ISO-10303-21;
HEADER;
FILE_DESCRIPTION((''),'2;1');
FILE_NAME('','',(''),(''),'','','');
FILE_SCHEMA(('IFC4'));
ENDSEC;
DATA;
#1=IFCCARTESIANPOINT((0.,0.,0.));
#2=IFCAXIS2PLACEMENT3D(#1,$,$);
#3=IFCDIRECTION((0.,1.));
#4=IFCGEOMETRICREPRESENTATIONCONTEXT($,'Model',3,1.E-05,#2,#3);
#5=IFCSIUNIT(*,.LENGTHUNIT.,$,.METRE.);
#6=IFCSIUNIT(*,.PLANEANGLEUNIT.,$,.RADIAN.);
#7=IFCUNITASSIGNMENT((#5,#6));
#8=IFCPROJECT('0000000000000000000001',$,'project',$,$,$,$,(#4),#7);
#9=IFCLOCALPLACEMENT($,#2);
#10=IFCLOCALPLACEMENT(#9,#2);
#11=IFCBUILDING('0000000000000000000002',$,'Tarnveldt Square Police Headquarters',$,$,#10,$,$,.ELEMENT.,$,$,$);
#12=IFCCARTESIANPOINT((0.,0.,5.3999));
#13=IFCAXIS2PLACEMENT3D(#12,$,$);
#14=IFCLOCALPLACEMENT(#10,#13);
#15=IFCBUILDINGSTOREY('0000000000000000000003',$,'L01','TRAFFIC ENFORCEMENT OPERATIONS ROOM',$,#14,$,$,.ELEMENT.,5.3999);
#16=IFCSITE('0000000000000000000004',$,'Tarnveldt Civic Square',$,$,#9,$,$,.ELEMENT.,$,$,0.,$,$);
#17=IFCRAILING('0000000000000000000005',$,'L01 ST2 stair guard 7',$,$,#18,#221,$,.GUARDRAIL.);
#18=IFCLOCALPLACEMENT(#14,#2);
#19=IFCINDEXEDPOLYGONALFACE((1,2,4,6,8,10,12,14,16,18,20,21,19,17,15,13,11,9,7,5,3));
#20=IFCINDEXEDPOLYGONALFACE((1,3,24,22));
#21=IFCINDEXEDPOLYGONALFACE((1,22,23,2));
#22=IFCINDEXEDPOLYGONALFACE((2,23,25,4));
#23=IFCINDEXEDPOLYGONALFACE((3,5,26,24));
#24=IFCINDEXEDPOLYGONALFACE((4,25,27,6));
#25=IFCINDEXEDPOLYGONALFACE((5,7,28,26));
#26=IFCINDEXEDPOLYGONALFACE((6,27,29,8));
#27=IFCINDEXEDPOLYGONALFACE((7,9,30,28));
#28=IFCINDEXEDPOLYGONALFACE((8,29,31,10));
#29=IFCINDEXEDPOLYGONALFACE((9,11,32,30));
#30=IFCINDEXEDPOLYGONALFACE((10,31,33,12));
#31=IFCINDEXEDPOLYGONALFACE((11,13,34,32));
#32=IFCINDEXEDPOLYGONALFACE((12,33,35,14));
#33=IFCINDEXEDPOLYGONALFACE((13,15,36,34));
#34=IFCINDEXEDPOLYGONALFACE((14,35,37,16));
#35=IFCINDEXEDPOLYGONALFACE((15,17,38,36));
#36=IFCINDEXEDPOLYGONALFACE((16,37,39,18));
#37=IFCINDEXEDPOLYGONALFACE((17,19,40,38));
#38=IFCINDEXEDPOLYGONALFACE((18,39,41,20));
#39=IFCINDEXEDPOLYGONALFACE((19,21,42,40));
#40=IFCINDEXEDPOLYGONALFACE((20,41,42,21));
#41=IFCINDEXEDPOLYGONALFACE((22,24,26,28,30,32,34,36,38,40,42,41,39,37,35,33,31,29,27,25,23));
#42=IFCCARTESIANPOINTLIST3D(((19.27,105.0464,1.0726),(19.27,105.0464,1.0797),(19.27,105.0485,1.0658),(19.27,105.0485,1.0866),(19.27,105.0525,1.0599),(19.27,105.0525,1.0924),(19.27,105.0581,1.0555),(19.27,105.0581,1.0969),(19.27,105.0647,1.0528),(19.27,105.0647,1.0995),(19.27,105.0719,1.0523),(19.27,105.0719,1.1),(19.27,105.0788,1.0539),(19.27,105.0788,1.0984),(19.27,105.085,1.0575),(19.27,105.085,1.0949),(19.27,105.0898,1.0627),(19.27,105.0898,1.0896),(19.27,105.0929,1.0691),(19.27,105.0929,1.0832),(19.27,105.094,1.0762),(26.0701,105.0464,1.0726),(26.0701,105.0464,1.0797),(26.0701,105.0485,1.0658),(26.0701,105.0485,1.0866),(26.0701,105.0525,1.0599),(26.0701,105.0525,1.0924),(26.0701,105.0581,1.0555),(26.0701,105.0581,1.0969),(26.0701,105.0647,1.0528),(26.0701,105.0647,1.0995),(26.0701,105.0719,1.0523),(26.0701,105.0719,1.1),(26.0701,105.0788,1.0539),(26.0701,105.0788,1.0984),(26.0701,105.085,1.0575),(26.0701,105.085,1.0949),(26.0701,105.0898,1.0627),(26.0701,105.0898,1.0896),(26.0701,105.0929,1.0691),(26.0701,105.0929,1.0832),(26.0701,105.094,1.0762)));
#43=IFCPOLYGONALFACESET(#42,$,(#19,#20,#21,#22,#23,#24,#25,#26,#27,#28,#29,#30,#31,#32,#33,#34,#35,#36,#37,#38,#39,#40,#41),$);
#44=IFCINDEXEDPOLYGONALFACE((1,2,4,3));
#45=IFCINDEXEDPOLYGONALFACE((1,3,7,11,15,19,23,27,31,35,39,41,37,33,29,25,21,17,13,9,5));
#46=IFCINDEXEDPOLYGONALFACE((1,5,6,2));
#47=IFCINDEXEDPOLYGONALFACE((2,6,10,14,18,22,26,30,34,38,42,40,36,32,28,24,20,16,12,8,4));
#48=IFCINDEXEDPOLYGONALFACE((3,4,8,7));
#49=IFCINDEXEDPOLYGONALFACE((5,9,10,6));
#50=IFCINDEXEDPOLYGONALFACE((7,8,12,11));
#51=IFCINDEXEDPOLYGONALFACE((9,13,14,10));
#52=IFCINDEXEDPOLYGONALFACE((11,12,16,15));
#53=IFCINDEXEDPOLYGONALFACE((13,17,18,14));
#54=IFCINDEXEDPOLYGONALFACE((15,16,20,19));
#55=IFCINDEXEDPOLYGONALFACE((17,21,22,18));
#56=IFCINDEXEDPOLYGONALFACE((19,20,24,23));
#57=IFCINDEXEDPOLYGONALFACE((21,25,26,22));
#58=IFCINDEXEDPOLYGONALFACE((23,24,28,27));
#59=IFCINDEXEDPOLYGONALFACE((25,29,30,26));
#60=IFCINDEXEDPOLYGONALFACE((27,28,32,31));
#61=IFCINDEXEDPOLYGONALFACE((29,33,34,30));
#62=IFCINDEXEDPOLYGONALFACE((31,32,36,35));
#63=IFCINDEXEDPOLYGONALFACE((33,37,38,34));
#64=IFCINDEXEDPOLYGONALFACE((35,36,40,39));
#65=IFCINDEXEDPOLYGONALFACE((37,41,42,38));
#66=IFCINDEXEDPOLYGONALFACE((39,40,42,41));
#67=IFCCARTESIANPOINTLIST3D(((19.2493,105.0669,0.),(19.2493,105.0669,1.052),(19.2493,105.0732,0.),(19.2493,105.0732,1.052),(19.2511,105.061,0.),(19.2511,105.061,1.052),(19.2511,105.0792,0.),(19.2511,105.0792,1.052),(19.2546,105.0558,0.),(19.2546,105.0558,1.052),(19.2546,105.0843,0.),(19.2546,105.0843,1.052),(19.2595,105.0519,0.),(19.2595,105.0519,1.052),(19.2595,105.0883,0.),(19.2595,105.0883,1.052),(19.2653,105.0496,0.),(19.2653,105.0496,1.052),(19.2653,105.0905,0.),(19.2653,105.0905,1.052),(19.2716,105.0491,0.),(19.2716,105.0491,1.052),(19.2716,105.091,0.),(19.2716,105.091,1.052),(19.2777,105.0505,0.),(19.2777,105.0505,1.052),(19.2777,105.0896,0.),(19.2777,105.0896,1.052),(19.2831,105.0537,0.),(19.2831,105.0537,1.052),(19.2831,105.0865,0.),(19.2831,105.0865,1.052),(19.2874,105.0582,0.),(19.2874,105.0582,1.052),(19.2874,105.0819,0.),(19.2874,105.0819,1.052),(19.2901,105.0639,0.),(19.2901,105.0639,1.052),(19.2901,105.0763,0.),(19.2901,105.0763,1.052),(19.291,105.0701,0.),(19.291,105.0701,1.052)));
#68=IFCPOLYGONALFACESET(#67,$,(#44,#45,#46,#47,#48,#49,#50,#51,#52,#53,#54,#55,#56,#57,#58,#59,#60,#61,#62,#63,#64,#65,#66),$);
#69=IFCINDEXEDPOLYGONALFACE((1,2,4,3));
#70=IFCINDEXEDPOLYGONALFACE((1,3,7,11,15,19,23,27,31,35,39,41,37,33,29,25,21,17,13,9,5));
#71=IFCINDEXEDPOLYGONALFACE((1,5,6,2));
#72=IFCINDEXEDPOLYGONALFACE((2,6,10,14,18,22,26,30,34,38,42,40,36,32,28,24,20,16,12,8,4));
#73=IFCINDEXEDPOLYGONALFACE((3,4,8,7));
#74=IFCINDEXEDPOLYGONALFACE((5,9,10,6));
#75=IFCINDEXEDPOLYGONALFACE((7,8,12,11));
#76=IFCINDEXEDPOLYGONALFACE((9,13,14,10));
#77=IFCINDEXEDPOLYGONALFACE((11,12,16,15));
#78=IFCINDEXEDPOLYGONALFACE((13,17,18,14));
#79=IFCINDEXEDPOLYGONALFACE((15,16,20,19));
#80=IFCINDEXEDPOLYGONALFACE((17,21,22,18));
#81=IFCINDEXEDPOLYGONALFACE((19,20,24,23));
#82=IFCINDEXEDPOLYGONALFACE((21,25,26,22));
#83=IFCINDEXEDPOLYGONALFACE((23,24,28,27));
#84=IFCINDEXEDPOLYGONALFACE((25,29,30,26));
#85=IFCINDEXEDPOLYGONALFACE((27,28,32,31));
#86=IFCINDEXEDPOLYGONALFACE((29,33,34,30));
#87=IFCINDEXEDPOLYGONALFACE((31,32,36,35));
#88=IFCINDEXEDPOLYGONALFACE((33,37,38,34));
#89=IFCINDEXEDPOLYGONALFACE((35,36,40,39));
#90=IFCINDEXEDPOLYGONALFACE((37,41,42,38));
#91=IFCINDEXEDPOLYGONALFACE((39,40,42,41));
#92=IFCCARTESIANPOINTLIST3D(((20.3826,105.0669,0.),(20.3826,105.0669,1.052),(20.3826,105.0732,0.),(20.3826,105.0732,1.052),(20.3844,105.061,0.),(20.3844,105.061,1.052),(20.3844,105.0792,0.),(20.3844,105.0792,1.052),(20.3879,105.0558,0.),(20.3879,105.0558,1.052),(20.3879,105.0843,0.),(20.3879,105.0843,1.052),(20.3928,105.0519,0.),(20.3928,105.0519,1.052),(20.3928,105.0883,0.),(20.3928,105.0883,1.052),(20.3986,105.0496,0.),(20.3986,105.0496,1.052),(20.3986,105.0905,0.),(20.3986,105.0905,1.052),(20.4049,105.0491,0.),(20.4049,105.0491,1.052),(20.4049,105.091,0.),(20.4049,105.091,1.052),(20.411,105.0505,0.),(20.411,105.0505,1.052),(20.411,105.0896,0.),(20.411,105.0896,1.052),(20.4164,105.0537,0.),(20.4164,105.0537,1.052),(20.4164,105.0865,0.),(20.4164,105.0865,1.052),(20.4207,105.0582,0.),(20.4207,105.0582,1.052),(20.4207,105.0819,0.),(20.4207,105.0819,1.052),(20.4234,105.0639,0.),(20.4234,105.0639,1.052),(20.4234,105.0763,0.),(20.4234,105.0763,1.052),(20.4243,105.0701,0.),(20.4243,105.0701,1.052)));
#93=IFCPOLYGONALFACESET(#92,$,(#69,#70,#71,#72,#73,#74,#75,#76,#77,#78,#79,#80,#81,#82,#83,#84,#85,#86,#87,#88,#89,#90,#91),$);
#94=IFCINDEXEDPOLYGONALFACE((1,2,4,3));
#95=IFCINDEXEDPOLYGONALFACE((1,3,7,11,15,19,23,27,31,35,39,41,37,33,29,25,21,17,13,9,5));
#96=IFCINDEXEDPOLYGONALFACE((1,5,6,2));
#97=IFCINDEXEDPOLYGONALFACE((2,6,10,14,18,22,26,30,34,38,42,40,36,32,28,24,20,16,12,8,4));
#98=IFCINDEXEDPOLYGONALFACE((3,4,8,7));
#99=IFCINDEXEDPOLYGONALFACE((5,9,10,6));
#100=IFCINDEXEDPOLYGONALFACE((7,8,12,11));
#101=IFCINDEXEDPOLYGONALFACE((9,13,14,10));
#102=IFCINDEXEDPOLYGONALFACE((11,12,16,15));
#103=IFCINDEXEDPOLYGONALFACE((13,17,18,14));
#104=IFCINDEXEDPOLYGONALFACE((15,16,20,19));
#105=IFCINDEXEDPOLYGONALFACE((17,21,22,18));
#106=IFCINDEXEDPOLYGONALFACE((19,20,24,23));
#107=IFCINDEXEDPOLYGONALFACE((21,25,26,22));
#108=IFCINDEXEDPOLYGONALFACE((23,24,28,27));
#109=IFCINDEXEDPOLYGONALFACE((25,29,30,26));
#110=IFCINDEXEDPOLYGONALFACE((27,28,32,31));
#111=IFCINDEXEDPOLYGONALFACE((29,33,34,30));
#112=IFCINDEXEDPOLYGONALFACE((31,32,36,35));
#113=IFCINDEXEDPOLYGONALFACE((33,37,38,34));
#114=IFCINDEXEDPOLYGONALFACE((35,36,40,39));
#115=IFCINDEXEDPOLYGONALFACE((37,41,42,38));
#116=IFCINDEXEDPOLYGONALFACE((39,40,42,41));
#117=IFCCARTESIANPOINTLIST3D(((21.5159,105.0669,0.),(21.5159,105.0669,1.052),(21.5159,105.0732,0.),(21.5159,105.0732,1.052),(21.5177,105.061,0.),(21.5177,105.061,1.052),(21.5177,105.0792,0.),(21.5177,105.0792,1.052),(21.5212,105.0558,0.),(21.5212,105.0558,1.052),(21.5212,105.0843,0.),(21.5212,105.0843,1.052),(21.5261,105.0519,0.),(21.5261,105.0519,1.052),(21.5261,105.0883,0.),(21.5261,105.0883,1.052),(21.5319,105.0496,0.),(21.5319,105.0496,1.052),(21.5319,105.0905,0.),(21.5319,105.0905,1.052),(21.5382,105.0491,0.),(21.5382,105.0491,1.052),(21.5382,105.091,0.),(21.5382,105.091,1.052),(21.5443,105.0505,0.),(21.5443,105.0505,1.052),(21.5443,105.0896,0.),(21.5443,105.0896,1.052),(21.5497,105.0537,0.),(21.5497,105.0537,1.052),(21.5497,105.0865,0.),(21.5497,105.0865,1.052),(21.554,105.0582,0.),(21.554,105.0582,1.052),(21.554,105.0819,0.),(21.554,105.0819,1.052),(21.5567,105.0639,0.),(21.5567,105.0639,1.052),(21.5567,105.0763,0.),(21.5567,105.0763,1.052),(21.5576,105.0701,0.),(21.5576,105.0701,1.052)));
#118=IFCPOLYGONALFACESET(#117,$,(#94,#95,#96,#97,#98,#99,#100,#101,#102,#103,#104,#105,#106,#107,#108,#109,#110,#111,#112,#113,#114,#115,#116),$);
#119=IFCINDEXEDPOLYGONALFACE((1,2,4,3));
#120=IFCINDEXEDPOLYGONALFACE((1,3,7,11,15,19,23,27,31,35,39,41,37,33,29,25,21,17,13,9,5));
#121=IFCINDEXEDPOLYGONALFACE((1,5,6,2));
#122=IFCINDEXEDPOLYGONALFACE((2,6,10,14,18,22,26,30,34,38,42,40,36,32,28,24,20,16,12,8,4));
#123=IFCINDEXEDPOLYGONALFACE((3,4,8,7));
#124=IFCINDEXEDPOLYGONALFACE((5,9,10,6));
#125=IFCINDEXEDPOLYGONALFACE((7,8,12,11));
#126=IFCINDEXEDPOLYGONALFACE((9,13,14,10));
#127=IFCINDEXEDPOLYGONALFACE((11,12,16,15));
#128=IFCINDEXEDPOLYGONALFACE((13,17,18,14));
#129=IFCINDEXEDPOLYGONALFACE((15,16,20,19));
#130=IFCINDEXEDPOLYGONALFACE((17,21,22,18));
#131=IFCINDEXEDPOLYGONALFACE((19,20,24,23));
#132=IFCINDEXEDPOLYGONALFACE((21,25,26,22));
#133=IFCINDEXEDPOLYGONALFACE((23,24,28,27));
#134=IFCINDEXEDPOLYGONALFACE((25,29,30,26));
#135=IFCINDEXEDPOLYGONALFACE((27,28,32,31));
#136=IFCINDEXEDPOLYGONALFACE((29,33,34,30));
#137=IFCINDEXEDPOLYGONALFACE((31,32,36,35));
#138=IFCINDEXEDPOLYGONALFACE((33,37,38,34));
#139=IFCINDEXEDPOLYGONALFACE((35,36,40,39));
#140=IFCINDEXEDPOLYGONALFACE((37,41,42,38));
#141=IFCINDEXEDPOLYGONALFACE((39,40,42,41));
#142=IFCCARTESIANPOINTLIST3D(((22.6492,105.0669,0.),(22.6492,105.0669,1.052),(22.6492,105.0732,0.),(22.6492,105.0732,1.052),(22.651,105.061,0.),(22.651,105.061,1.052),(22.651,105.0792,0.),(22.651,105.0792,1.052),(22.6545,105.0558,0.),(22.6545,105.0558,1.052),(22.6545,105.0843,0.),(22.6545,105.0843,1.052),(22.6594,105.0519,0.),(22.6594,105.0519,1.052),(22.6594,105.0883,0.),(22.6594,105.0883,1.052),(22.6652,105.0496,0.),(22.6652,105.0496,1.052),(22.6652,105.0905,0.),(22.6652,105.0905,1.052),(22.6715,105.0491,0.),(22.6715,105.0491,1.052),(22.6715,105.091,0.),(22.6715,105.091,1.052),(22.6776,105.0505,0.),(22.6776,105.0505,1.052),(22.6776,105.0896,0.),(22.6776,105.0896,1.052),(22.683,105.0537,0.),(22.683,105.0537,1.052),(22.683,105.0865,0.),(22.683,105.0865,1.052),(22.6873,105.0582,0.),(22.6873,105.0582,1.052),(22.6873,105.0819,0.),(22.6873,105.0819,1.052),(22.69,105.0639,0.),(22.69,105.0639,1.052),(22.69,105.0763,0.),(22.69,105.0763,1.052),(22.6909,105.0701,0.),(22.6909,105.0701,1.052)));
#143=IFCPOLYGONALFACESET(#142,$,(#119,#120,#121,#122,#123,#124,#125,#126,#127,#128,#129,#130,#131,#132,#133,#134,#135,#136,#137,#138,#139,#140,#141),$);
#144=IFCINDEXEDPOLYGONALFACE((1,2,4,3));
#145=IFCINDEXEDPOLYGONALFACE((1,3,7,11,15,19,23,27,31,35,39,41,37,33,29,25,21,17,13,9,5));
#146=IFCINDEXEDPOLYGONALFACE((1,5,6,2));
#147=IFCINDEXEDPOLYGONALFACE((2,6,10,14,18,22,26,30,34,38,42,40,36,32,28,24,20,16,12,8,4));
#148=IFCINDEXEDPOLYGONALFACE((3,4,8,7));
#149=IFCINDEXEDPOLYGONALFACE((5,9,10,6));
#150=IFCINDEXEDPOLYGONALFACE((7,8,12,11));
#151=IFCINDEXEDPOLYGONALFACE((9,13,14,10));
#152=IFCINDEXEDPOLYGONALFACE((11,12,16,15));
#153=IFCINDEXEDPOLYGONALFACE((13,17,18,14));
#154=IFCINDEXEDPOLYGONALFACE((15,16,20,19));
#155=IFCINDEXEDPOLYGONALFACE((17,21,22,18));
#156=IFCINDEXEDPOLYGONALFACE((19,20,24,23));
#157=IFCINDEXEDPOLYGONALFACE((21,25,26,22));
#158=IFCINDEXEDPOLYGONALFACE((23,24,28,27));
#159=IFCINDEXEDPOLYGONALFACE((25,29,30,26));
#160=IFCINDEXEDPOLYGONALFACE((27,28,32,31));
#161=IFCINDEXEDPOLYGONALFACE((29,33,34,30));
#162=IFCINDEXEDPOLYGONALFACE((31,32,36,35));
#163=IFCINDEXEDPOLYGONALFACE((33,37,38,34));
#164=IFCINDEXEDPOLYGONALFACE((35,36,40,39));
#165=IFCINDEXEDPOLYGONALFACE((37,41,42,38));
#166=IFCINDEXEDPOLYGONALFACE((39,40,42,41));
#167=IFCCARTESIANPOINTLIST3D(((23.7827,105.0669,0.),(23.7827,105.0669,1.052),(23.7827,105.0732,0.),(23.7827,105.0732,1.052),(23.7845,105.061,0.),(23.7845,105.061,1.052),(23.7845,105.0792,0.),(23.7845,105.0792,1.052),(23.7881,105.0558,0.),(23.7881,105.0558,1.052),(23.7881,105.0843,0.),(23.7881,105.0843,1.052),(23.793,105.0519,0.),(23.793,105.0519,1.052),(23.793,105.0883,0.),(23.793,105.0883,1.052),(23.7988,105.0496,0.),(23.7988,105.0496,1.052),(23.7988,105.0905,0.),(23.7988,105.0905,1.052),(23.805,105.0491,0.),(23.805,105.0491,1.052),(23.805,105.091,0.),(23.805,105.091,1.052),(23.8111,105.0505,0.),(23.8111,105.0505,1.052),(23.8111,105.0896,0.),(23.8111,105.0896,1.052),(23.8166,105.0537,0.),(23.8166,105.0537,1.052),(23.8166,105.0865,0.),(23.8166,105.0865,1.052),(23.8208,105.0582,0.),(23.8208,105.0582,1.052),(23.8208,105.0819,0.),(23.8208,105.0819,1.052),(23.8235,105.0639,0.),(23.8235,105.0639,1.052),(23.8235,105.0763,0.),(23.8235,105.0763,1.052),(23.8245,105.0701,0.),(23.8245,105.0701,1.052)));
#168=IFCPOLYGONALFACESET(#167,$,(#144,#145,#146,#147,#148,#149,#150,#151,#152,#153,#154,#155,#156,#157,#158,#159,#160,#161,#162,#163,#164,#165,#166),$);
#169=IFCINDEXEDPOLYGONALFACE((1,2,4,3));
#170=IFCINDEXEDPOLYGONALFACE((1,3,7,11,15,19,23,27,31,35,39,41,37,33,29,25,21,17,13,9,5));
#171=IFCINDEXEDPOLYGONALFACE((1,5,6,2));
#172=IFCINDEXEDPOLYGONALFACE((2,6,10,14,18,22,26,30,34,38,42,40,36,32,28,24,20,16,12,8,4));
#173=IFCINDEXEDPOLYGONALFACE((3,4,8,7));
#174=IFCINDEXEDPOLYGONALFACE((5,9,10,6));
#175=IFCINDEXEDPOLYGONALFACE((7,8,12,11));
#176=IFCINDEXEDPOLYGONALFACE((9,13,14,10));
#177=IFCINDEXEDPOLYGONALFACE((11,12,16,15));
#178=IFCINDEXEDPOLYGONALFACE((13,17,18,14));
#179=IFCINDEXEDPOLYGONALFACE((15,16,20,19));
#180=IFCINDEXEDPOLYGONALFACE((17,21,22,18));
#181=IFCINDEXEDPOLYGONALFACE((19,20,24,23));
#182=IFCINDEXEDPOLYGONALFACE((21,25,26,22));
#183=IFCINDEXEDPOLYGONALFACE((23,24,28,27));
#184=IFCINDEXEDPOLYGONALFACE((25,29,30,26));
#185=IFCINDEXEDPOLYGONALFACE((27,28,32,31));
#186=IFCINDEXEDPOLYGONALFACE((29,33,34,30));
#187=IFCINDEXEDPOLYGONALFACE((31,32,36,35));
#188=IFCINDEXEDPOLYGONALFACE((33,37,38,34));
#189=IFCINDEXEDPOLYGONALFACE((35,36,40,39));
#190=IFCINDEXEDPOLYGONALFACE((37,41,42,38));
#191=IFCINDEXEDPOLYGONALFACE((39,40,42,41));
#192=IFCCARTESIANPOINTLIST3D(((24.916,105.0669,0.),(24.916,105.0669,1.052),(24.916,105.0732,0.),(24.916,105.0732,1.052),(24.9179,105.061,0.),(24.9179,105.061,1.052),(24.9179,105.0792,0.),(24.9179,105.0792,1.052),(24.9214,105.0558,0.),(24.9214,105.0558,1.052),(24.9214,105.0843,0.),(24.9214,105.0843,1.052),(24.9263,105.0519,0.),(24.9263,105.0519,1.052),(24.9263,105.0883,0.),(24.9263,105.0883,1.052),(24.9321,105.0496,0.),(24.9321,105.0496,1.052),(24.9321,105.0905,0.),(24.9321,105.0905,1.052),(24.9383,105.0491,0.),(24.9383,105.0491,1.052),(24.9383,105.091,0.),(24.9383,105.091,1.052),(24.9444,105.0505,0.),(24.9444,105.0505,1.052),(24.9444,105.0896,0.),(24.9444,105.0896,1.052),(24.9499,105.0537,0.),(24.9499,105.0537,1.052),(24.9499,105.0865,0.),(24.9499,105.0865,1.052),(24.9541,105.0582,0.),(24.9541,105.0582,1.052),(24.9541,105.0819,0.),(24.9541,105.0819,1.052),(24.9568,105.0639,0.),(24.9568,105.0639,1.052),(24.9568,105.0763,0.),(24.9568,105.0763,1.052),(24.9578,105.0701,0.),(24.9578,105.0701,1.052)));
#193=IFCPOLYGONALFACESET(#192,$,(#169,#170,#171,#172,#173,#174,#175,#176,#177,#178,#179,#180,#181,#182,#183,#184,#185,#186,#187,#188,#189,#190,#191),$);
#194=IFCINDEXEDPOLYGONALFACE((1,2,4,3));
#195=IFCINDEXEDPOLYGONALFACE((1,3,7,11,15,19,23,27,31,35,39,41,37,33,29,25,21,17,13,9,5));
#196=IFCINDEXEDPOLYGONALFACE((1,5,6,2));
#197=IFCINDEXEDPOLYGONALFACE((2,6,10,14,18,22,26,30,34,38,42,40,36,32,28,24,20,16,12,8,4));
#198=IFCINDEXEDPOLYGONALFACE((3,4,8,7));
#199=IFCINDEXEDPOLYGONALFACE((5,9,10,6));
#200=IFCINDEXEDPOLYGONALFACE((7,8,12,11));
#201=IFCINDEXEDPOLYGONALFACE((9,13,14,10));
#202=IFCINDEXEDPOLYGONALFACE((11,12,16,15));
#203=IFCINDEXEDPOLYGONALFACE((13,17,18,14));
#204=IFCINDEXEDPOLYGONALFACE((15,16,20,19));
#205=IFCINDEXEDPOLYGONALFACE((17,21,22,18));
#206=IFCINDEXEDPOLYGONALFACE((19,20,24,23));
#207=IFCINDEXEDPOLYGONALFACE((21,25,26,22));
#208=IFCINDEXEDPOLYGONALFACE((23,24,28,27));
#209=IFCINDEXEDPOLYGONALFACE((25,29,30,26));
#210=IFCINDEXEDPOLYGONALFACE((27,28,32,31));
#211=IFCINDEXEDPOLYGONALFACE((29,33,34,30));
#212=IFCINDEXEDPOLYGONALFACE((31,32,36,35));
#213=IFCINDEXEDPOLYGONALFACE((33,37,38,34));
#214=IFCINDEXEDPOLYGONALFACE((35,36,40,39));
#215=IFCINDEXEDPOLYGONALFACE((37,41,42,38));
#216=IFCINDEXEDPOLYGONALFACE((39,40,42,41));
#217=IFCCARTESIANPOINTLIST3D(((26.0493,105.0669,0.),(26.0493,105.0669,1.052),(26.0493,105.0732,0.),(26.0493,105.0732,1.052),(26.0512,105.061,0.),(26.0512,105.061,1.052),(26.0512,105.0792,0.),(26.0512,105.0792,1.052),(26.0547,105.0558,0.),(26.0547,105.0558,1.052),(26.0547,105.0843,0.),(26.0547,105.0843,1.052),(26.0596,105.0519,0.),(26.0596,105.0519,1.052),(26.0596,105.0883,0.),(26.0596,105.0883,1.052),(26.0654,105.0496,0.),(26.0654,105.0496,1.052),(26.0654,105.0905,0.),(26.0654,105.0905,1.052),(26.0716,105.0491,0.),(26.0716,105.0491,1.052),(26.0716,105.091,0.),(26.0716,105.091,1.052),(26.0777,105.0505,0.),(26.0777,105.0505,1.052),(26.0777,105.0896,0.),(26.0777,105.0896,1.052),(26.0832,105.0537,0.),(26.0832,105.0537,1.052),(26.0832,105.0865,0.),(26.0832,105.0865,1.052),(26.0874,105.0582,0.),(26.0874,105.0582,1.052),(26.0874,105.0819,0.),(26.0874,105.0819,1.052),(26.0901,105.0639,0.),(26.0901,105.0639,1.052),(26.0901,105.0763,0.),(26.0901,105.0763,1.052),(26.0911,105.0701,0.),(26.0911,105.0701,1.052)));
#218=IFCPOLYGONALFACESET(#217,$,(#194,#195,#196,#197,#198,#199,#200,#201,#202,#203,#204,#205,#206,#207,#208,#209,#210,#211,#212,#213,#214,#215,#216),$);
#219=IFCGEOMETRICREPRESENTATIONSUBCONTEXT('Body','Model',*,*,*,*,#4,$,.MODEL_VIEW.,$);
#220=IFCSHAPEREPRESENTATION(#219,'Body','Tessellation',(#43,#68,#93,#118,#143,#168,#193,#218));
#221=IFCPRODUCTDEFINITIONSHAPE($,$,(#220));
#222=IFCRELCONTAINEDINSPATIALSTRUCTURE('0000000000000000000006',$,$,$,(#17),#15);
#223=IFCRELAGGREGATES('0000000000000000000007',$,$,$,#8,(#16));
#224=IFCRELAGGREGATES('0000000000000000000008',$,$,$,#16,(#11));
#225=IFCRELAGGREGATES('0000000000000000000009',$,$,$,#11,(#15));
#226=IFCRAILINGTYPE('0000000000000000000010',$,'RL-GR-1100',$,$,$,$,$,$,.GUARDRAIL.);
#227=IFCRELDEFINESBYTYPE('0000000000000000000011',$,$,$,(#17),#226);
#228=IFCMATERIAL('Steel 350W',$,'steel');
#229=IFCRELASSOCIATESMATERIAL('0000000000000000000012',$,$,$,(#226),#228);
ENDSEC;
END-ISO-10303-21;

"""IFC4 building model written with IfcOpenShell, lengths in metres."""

from ifc_helpers import new_model, si_unit, direction, frame, origin, origin_2d, place, context, subcontext, project, spatial, circle, extrude, material, type_object, element, save


model = new_model("IFC4")

# Units and contexts
model_context = context("Model", 3, precision=1e-05, world=origin(), true_north=direction((0.0, 1.0)))
body_context = subcontext(model_context, "Body", "Model", "MODEL_VIEW")
ifc_project = project(units=[si_unit("LENGTHUNIT", "METRE"), si_unit("PLANEANGLEUNIT", "RADIAN")], contexts=[model_context])

# Site, building, storey
site_placement = place(None, origin())
site = spatial("IfcSite", under=ifc_project, at=site_placement, Name="Tarnveldt Civic Square", CompositionType="ELEMENT", RefElevation=0.0)
building_placement = place(site_placement, origin())
building = spatial("IfcBuilding", under=site, at=building_placement, Name="Tarnveldt Square Police Headquarters", CompositionType="ELEMENT")
storey_placement = place(building_placement, frame((0.0, 0.0, 5.3999)))
storey = spatial("IfcBuildingStorey", under=building, at=storey_placement, Name="L01", Description="TRAFFIC ENFORCEMENT OPERATIONS ROOM", CompositionType="ELEMENT", Elevation=5.3999)

# Shared definitions
ifc_material_1 = material(Name="Steel 350W", Category="steel")

# Railing
railing_type_1 = type_object("IfcRailingType", Name="RL-GR-1100", PredefinedType="GUARDRAIL", material=ifc_material_1)
railing_1_placement = place(storey_placement, frame((19.27, 105.0701, 0.0)))
element("IfcRailing", 1, at=railing_1_placement, inside=storey, type_object=railing_type_1, Name="L01 ST2 stair guard 7", PredefinedType="GUARDRAIL", context=body_context, shape_type="SweptSolid", body=[
    extrude(circle(Radius=0.0239, at=origin_2d()), frame((0.0, 0.0, 1.0762), z_axis=(1.0, 0.0, 0.0), x_axis=(0.0, 1.0, 0.0)), (0.0, 0.0, 1.0), 6.8),
    extrude(circle(Radius=0.021, at=origin_2d()), origin(), (0.0, 0.0, 1.0), 1.052),
    extrude(circle(Radius=0.021, at=origin_2d()), frame((1.1333, 0.0, 0.0)), (0.0, 0.0, 1.0), 1.052),
    extrude(circle(Radius=0.021, at=origin_2d()), frame((2.2666, 0.0, 0.0)), (0.0, 0.0, 1.0), 1.052),
    extrude(circle(Radius=0.021, at=origin_2d()), frame((3.3999, 0.0, 0.0)), (0.0, 0.0, 1.0), 1.052),
    extrude(circle(Radius=0.021, at=origin_2d()), frame((4.5334, 0.0, 0.0)), (0.0, 0.0, 1.0), 1.052),
    extrude(circle(Radius=0.021, at=origin_2d()), frame((5.6667, 0.0, 0.0)), (0.0, 0.0, 1.0), 1.052),
    extrude(circle(Radius=0.021, at=origin_2d()), frame((6.8, 0.0, 0.0)), (0.0, 0.0, 1.0), 1.052),
])

save(model, "model.ifc")
